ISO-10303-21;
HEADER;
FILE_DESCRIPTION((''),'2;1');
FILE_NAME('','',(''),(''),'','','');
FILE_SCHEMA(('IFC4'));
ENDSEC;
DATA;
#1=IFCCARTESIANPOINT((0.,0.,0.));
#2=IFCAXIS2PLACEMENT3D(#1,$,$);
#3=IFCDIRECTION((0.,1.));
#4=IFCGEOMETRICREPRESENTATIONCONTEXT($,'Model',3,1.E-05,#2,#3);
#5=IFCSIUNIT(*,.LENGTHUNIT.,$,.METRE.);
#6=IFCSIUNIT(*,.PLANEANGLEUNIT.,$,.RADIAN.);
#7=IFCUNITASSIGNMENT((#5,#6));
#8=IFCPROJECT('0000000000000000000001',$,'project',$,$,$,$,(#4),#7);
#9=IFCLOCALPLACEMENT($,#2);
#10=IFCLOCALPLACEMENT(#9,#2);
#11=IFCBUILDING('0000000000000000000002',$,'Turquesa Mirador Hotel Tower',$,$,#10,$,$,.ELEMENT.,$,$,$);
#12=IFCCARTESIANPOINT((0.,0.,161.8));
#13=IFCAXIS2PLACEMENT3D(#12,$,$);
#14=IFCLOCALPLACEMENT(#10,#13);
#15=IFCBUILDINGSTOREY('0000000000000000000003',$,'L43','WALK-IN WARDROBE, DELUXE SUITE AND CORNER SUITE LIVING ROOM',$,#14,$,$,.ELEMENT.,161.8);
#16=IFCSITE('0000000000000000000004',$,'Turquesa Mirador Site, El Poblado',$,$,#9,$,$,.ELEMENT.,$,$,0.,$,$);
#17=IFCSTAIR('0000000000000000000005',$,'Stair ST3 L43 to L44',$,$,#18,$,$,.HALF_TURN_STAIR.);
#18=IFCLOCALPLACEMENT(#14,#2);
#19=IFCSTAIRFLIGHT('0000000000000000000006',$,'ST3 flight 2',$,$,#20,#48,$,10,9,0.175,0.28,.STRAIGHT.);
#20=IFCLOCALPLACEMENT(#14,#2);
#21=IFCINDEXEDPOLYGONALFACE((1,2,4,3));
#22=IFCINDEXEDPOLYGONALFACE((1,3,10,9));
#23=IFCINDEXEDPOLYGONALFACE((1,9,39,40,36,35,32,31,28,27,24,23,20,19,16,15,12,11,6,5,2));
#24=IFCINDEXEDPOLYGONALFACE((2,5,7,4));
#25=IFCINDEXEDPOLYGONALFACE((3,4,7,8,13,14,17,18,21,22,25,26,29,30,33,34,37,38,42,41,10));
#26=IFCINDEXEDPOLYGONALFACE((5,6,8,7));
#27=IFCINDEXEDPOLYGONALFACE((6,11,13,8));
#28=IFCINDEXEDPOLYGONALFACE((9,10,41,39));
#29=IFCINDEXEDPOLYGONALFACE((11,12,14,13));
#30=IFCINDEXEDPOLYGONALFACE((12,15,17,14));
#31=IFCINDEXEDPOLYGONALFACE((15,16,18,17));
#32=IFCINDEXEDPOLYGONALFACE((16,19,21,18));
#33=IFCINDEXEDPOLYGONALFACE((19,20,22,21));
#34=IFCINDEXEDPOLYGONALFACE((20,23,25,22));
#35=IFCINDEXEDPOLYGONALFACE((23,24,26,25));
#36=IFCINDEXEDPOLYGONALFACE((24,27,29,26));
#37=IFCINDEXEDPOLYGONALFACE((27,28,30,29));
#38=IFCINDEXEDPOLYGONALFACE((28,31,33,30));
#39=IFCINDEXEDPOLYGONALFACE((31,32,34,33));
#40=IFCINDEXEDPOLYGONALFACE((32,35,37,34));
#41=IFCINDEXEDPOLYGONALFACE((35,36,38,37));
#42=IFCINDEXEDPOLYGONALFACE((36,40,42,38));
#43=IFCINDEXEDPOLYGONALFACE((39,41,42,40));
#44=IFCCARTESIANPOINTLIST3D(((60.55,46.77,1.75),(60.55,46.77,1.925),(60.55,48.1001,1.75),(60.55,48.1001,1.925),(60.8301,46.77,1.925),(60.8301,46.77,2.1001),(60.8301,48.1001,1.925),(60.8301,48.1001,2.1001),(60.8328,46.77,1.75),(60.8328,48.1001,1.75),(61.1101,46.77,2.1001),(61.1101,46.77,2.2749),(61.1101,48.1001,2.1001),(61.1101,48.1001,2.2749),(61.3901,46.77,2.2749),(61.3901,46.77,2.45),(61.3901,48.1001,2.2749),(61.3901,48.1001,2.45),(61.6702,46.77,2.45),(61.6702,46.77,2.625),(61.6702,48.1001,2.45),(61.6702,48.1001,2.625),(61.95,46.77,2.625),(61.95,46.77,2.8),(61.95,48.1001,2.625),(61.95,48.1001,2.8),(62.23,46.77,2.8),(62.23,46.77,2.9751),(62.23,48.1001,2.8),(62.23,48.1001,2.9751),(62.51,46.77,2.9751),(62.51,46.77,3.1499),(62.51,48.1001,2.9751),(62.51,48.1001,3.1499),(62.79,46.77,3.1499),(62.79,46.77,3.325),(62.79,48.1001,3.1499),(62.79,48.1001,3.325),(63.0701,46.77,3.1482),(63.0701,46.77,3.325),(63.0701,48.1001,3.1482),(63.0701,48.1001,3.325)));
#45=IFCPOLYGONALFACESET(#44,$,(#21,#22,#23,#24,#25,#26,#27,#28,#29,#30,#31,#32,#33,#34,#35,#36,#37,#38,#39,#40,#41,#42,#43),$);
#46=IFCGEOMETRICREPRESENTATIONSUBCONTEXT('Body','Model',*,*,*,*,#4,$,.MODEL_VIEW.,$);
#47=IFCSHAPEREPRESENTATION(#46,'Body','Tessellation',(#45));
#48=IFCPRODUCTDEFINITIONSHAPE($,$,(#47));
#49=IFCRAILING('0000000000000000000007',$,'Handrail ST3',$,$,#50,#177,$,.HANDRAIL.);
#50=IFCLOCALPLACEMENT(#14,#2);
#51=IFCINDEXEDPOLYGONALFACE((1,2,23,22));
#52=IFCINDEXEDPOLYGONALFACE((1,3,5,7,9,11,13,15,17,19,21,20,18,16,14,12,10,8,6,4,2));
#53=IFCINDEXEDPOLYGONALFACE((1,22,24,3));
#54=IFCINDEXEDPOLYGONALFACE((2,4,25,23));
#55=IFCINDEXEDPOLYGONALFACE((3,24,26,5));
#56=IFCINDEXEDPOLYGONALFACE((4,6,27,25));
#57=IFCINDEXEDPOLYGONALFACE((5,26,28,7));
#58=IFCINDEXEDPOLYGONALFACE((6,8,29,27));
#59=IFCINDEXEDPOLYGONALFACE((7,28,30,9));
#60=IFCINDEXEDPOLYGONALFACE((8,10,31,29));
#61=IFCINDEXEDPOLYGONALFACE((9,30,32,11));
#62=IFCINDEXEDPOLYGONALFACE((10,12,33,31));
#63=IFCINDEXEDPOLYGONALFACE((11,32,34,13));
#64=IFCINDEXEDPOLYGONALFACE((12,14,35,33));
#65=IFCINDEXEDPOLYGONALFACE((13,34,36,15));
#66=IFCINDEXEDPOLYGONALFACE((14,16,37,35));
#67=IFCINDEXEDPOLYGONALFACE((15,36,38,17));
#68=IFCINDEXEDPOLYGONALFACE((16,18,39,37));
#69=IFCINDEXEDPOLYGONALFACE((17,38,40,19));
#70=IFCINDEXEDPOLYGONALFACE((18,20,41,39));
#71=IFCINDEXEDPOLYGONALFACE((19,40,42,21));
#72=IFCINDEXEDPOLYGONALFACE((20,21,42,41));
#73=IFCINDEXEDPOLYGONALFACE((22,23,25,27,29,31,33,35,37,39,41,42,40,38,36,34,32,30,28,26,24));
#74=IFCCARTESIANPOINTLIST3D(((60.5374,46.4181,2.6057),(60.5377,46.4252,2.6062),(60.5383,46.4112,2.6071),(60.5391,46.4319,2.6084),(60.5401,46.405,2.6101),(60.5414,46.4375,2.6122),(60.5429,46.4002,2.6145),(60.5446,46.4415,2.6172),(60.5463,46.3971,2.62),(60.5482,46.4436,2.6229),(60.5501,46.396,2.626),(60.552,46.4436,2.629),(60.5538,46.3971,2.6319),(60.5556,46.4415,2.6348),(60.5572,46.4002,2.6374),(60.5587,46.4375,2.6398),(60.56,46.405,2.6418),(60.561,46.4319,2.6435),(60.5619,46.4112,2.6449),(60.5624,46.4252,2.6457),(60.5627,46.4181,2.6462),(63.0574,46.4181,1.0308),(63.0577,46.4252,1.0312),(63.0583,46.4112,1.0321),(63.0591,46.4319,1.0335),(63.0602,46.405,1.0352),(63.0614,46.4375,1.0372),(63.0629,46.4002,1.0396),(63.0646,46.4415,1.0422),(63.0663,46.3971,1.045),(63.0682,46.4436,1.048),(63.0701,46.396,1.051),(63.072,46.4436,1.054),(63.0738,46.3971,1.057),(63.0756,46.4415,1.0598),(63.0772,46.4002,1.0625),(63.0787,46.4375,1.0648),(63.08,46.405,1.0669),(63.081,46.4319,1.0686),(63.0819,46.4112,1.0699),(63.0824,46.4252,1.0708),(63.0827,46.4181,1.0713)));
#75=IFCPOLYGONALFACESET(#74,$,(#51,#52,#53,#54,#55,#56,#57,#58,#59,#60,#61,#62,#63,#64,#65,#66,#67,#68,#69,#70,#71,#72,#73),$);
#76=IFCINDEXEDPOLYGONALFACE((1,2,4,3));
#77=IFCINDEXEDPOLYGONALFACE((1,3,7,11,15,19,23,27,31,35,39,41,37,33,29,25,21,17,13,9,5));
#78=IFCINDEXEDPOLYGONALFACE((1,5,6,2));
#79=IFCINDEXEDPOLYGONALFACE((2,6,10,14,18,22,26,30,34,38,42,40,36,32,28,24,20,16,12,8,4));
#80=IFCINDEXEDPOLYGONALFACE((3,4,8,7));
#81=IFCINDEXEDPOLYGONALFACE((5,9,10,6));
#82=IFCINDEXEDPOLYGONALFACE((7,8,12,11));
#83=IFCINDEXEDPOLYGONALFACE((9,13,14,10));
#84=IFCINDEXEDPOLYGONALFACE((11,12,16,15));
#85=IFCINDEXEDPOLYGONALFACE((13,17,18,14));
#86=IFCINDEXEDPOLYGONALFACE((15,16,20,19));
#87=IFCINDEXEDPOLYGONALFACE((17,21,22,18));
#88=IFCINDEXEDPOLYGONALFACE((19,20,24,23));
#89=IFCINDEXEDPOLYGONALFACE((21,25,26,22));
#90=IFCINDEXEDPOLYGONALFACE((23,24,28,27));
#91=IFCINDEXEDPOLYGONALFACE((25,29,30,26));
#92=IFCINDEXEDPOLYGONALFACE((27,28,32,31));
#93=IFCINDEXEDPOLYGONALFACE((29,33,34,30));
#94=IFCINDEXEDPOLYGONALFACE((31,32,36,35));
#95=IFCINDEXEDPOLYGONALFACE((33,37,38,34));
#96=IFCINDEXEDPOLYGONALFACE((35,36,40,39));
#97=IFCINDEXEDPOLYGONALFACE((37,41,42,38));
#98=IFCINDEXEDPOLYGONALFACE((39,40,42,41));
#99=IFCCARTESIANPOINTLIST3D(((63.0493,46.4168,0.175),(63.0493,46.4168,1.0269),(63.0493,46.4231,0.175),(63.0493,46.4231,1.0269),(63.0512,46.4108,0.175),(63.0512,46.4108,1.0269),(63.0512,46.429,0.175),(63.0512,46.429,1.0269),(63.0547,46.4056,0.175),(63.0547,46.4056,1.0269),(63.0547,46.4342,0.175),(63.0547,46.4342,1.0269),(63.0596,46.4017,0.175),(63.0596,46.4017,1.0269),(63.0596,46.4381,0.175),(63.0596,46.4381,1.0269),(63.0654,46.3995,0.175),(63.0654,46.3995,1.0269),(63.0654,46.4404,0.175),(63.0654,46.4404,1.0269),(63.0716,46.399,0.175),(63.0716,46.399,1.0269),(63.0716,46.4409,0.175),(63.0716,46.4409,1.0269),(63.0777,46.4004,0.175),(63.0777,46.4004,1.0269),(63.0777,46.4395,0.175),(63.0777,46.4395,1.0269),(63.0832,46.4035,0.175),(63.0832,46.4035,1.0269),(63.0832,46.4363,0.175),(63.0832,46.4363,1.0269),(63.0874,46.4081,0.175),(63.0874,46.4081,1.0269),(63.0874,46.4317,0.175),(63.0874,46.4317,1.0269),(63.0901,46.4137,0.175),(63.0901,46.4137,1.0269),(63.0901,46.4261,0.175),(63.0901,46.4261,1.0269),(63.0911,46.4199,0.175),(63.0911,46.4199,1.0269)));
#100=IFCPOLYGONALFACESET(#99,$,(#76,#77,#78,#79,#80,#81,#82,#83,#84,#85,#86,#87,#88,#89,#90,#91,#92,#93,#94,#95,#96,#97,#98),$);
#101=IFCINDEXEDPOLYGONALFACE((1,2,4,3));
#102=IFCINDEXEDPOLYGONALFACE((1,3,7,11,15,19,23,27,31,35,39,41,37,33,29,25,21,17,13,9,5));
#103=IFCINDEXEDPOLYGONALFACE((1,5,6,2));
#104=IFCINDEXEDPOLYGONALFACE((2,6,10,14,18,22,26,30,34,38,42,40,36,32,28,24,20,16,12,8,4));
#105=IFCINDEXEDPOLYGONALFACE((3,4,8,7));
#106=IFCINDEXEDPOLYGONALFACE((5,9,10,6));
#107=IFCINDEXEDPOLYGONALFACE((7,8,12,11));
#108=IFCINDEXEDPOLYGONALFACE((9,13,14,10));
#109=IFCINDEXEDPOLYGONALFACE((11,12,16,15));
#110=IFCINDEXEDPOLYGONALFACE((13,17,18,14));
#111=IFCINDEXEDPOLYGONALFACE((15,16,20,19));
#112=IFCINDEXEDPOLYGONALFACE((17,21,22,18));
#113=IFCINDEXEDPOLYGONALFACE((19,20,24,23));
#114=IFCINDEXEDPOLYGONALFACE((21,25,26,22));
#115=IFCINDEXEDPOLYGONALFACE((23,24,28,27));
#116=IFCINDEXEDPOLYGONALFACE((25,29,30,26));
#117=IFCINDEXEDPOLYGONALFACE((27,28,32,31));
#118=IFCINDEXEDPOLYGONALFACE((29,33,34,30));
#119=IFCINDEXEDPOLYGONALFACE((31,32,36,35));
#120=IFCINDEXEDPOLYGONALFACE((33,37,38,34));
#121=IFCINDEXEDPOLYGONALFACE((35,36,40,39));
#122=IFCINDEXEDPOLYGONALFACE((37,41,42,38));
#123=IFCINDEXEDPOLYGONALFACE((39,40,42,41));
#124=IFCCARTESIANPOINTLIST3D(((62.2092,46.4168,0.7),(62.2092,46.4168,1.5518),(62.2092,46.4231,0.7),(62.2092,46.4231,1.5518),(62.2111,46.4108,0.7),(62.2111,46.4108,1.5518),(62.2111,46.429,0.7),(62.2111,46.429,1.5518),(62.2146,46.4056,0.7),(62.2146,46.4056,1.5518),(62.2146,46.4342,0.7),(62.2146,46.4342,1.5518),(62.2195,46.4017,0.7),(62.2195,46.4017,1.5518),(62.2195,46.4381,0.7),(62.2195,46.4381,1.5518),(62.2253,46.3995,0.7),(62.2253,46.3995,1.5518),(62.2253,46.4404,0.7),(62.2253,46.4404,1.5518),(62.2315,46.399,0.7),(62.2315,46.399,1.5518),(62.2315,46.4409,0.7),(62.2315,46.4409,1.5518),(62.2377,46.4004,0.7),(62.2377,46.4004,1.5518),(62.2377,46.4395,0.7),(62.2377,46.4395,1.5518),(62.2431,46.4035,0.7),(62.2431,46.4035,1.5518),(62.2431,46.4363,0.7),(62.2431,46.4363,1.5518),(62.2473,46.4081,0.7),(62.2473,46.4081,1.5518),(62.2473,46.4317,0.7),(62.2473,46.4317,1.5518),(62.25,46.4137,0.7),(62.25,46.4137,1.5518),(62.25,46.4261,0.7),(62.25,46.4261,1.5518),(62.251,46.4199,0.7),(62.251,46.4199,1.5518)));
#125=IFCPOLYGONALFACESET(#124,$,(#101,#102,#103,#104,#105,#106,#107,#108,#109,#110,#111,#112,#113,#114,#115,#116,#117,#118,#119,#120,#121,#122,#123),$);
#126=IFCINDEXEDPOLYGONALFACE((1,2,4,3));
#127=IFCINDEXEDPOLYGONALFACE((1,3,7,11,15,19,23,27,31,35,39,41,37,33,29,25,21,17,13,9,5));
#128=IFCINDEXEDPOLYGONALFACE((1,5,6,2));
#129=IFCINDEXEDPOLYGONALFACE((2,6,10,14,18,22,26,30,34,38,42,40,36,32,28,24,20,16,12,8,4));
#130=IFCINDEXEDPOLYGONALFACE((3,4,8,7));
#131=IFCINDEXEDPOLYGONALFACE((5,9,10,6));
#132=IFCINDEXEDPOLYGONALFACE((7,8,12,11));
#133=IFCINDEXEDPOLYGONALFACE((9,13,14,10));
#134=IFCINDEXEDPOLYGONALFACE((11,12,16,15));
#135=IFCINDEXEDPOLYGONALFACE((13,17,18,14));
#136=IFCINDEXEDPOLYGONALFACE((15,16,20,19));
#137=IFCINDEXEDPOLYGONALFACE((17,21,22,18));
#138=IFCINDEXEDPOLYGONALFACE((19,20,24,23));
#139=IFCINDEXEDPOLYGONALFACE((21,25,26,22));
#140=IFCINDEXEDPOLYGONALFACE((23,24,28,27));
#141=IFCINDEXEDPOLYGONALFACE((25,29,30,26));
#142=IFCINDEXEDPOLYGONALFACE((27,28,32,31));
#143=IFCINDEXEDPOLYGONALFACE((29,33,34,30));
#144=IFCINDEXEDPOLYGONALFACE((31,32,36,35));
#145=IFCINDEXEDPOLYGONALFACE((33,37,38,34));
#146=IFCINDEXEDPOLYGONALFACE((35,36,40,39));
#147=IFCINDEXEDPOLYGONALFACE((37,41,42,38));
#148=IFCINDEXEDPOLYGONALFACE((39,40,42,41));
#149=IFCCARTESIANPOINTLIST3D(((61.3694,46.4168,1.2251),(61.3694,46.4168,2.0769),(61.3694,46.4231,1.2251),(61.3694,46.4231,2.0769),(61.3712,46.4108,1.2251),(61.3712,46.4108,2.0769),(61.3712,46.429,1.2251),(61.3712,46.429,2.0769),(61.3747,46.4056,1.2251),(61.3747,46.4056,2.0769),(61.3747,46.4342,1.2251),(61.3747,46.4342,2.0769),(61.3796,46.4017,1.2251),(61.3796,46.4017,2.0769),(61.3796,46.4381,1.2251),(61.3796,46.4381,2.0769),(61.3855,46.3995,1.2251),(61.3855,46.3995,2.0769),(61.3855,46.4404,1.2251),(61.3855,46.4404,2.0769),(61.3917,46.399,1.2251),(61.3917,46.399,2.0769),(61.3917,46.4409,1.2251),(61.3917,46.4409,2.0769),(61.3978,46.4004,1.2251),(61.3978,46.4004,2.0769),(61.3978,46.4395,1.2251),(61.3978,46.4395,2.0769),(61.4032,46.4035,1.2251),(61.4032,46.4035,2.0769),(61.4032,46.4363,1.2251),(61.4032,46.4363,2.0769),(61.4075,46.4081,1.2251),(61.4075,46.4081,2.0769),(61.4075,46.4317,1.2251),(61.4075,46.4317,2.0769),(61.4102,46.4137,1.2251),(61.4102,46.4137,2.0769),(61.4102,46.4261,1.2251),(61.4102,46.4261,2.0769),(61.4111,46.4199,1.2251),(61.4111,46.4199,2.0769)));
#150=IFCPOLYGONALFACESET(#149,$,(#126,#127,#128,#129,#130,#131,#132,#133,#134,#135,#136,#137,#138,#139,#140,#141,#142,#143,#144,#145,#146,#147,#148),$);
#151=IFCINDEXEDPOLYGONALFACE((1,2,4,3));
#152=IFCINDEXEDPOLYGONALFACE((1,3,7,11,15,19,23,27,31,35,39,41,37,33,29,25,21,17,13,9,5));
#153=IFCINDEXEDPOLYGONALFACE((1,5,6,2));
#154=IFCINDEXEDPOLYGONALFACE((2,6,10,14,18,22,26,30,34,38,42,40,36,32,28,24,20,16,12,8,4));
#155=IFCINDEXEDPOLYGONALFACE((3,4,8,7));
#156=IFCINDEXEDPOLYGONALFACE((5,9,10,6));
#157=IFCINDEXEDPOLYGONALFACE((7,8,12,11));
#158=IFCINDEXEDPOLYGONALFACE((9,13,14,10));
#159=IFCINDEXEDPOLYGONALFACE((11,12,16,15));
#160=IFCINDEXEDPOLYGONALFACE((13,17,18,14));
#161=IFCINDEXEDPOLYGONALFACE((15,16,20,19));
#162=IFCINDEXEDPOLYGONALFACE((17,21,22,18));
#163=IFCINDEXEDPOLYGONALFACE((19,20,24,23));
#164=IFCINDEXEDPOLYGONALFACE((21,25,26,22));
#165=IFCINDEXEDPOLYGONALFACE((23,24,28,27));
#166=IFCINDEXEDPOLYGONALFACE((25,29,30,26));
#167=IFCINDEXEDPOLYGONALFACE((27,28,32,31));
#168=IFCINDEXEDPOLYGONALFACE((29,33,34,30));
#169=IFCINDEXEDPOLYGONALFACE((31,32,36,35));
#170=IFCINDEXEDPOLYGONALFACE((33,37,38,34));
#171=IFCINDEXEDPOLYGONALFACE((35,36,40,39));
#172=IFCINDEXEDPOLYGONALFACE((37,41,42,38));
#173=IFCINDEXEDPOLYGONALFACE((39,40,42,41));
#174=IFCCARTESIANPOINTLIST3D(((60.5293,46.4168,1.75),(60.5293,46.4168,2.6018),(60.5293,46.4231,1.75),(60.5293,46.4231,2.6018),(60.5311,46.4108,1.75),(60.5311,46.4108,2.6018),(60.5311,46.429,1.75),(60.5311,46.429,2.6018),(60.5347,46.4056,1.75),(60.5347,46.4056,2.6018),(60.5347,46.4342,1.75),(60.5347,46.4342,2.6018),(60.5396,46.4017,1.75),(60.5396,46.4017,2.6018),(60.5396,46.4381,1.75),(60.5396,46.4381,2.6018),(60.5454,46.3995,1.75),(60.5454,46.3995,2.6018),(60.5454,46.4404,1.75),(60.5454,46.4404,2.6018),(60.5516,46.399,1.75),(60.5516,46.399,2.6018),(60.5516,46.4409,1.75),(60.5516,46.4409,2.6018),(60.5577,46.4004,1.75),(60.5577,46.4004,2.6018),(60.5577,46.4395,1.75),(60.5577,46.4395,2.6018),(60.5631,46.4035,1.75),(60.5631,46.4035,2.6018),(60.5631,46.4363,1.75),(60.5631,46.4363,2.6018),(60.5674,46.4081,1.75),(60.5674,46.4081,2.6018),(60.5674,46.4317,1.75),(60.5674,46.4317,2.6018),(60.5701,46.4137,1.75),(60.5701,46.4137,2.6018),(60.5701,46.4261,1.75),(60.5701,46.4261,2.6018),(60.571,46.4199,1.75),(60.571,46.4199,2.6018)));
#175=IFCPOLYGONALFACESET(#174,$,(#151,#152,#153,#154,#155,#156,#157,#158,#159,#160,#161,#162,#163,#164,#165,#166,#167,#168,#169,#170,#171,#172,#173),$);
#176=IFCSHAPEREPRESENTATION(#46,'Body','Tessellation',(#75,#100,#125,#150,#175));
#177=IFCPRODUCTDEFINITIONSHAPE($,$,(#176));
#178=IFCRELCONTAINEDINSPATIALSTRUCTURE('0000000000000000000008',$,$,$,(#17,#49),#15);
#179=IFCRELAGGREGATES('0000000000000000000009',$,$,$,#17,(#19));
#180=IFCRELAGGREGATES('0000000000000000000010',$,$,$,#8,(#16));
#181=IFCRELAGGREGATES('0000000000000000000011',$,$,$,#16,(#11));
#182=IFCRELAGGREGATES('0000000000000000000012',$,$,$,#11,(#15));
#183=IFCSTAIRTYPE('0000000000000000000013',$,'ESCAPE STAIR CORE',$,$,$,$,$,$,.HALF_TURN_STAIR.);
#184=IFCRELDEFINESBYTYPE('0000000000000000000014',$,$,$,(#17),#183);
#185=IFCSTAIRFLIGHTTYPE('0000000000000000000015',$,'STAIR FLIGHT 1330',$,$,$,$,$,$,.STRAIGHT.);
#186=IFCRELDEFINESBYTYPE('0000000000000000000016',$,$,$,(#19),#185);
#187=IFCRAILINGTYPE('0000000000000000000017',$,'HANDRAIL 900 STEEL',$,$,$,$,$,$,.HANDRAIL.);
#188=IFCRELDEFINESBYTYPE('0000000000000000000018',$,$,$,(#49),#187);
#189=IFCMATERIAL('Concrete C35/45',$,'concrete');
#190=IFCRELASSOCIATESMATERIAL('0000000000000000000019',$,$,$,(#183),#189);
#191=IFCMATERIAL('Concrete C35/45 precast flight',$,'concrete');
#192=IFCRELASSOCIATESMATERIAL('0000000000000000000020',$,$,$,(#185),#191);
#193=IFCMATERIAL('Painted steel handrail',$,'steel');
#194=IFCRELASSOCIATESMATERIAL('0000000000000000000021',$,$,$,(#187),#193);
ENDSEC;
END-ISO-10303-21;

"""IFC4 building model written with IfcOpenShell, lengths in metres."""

from ifc_helpers import new_model, si_unit, direction, frame, origin, origin_2d, place, context, subcontext, project, spatial, polyline, circle, outline, extrude, material, type_object, element, aggregate, save


model = new_model("IFC4")

# Units and contexts
model_context = context("Model", 3, precision=1e-05, world=origin(), true_north=direction((0.0, 1.0)))
body_context = subcontext(model_context, "Body", "Model", "MODEL_VIEW")
ifc_project = project(units=[si_unit("LENGTHUNIT", "METRE"), si_unit("PLANEANGLEUNIT", "RADIAN")], contexts=[model_context])

# Site, building, storey
site_placement = place(None, origin())
site = spatial("IfcSite", under=ifc_project, at=site_placement, Name="Turquesa Mirador Site, El Poblado", CompositionType="ELEMENT", RefElevation=0.0)
building_placement = place(site_placement, origin())
building = spatial("IfcBuilding", under=site, at=building_placement, Name="Turquesa Mirador Hotel Tower", CompositionType="ELEMENT")
storey_placement = place(building_placement, frame((0.0, 0.0, 161.8)))
storey = spatial("IfcBuildingStorey", under=building, at=storey_placement, Name="L43", Description="WALK-IN WARDROBE, DELUXE SUITE AND CORNER SUITE LIVING ROOM", CompositionType="ELEMENT", Elevation=161.8)

# Stair, stair flight
ifc_material_1 = material(Name="Concrete C35/45", Category="concrete")
stair_type = type_object("IfcStairType", Name="ESCAPE STAIR CORE", PredefinedType="HALF_TURN_STAIR", material=ifc_material_1)
stair_placement = place(storey_placement, origin())
stair = element("IfcStair", 1, at=stair_placement, inside=storey, type_object=stair_type, Name="Stair ST3 L43 to L44", PredefinedType="HALF_TURN_STAIR")
ifc_material_2 = material(Name="Concrete C35/45 precast flight", Category="concrete")
stair_flight_type = type_object("IfcStairFlightType", Name="STAIR FLIGHT 1330", PredefinedType="STRAIGHT", material=ifc_material_2)
stair_flight_1_placement = place(storey_placement, frame((60.55, 47.4351, 1.75), z_axis=(0.0, 0.0, 1.0), x_axis=(1.0, 0.0, 0.0)))
stair_flight_1 = element("IfcStairFlight", 2, at=stair_flight_1_placement, type_object=stair_flight_type, Name="ST3 flight 2", NumberOfRisers=10, NumberOfTreads=9, PredefinedType="STRAIGHT", RiserHeight=0.175, TreadLength=0.28, context=body_context, shape_type="SweptSolid", body=[
    extrude(outline(polyline([(0.0, 0.0), (0.0, 0.175), (0.28, 0.175), (0.28, 0.3501), (0.5601, 0.3501), (0.5601, 0.5249), (0.8401, 0.5249), (0.8401, 0.7), (1.1201, 0.7), (1.1201, 0.875), (1.3999, 0.875), (1.3999, 1.05), (1.6799, 1.05), (1.6799, 1.2251), (1.96, 1.2251), (1.96, 1.3999), (2.24, 1.3999), (2.24, 1.575), (2.52, 1.575), (2.52, 1.75), (2.52, 1.3982), (0.2827, 0.0), (0.0, 0.0)])), frame((0.0, 0.665, 0.0), z_axis=(0.0, -1.0, 0.0), x_axis=(1.0, 0.0, 0.0)), (0.0, 0.0, 1.0), 1.3301),
])
aggregate(stair, [stair_flight_1])

# Railing
ifc_material_3 = material(Name="Painted steel handrail", Category="steel")
railing_type = type_object("IfcRailingType", Name="HANDRAIL 900 STEEL", PredefinedType="HANDRAIL", material=ifc_material_3)
railing_1_placement = place(storey_placement, frame((63.0701, 46.4199, 0.175)))
element("IfcRailing", 3, at=railing_1_placement, inside=storey, type_object=railing_type, Name="Handrail ST3", PredefinedType="HANDRAIL", context=body_context, shape_type="SweptSolid", body=[
    extrude(circle(Radius=0.0239, at=origin_2d()), frame((0.0, 0.0, 0.876), z_axis=(-0.848008, 0.0, 0.529984), x_axis=(0.0, -1.0, 0.0)), (0.0, 0.0, 1.0), 2.9717),
    extrude(circle(Radius=0.021, at=origin_2d()), origin(), (0.0, 0.0, 1.0), 0.8518),
    extrude(circle(Radius=0.021, at=origin_2d()), frame((-0.8401, 0.0, 0.5249)), (0.0, 0.0, 1.0), 0.8518),
    extrude(circle(Radius=0.021, at=origin_2d()), frame((-1.6799, 0.0, 1.05)), (0.0, 0.0, 1.0), 0.8518),
    extrude(circle(Radius=0.021, at=origin_2d()), frame((-2.52, 0.0, 1.575)), (0.0, 0.0, 1.0), 0.8518),
])

save(model, "model.ifc")
